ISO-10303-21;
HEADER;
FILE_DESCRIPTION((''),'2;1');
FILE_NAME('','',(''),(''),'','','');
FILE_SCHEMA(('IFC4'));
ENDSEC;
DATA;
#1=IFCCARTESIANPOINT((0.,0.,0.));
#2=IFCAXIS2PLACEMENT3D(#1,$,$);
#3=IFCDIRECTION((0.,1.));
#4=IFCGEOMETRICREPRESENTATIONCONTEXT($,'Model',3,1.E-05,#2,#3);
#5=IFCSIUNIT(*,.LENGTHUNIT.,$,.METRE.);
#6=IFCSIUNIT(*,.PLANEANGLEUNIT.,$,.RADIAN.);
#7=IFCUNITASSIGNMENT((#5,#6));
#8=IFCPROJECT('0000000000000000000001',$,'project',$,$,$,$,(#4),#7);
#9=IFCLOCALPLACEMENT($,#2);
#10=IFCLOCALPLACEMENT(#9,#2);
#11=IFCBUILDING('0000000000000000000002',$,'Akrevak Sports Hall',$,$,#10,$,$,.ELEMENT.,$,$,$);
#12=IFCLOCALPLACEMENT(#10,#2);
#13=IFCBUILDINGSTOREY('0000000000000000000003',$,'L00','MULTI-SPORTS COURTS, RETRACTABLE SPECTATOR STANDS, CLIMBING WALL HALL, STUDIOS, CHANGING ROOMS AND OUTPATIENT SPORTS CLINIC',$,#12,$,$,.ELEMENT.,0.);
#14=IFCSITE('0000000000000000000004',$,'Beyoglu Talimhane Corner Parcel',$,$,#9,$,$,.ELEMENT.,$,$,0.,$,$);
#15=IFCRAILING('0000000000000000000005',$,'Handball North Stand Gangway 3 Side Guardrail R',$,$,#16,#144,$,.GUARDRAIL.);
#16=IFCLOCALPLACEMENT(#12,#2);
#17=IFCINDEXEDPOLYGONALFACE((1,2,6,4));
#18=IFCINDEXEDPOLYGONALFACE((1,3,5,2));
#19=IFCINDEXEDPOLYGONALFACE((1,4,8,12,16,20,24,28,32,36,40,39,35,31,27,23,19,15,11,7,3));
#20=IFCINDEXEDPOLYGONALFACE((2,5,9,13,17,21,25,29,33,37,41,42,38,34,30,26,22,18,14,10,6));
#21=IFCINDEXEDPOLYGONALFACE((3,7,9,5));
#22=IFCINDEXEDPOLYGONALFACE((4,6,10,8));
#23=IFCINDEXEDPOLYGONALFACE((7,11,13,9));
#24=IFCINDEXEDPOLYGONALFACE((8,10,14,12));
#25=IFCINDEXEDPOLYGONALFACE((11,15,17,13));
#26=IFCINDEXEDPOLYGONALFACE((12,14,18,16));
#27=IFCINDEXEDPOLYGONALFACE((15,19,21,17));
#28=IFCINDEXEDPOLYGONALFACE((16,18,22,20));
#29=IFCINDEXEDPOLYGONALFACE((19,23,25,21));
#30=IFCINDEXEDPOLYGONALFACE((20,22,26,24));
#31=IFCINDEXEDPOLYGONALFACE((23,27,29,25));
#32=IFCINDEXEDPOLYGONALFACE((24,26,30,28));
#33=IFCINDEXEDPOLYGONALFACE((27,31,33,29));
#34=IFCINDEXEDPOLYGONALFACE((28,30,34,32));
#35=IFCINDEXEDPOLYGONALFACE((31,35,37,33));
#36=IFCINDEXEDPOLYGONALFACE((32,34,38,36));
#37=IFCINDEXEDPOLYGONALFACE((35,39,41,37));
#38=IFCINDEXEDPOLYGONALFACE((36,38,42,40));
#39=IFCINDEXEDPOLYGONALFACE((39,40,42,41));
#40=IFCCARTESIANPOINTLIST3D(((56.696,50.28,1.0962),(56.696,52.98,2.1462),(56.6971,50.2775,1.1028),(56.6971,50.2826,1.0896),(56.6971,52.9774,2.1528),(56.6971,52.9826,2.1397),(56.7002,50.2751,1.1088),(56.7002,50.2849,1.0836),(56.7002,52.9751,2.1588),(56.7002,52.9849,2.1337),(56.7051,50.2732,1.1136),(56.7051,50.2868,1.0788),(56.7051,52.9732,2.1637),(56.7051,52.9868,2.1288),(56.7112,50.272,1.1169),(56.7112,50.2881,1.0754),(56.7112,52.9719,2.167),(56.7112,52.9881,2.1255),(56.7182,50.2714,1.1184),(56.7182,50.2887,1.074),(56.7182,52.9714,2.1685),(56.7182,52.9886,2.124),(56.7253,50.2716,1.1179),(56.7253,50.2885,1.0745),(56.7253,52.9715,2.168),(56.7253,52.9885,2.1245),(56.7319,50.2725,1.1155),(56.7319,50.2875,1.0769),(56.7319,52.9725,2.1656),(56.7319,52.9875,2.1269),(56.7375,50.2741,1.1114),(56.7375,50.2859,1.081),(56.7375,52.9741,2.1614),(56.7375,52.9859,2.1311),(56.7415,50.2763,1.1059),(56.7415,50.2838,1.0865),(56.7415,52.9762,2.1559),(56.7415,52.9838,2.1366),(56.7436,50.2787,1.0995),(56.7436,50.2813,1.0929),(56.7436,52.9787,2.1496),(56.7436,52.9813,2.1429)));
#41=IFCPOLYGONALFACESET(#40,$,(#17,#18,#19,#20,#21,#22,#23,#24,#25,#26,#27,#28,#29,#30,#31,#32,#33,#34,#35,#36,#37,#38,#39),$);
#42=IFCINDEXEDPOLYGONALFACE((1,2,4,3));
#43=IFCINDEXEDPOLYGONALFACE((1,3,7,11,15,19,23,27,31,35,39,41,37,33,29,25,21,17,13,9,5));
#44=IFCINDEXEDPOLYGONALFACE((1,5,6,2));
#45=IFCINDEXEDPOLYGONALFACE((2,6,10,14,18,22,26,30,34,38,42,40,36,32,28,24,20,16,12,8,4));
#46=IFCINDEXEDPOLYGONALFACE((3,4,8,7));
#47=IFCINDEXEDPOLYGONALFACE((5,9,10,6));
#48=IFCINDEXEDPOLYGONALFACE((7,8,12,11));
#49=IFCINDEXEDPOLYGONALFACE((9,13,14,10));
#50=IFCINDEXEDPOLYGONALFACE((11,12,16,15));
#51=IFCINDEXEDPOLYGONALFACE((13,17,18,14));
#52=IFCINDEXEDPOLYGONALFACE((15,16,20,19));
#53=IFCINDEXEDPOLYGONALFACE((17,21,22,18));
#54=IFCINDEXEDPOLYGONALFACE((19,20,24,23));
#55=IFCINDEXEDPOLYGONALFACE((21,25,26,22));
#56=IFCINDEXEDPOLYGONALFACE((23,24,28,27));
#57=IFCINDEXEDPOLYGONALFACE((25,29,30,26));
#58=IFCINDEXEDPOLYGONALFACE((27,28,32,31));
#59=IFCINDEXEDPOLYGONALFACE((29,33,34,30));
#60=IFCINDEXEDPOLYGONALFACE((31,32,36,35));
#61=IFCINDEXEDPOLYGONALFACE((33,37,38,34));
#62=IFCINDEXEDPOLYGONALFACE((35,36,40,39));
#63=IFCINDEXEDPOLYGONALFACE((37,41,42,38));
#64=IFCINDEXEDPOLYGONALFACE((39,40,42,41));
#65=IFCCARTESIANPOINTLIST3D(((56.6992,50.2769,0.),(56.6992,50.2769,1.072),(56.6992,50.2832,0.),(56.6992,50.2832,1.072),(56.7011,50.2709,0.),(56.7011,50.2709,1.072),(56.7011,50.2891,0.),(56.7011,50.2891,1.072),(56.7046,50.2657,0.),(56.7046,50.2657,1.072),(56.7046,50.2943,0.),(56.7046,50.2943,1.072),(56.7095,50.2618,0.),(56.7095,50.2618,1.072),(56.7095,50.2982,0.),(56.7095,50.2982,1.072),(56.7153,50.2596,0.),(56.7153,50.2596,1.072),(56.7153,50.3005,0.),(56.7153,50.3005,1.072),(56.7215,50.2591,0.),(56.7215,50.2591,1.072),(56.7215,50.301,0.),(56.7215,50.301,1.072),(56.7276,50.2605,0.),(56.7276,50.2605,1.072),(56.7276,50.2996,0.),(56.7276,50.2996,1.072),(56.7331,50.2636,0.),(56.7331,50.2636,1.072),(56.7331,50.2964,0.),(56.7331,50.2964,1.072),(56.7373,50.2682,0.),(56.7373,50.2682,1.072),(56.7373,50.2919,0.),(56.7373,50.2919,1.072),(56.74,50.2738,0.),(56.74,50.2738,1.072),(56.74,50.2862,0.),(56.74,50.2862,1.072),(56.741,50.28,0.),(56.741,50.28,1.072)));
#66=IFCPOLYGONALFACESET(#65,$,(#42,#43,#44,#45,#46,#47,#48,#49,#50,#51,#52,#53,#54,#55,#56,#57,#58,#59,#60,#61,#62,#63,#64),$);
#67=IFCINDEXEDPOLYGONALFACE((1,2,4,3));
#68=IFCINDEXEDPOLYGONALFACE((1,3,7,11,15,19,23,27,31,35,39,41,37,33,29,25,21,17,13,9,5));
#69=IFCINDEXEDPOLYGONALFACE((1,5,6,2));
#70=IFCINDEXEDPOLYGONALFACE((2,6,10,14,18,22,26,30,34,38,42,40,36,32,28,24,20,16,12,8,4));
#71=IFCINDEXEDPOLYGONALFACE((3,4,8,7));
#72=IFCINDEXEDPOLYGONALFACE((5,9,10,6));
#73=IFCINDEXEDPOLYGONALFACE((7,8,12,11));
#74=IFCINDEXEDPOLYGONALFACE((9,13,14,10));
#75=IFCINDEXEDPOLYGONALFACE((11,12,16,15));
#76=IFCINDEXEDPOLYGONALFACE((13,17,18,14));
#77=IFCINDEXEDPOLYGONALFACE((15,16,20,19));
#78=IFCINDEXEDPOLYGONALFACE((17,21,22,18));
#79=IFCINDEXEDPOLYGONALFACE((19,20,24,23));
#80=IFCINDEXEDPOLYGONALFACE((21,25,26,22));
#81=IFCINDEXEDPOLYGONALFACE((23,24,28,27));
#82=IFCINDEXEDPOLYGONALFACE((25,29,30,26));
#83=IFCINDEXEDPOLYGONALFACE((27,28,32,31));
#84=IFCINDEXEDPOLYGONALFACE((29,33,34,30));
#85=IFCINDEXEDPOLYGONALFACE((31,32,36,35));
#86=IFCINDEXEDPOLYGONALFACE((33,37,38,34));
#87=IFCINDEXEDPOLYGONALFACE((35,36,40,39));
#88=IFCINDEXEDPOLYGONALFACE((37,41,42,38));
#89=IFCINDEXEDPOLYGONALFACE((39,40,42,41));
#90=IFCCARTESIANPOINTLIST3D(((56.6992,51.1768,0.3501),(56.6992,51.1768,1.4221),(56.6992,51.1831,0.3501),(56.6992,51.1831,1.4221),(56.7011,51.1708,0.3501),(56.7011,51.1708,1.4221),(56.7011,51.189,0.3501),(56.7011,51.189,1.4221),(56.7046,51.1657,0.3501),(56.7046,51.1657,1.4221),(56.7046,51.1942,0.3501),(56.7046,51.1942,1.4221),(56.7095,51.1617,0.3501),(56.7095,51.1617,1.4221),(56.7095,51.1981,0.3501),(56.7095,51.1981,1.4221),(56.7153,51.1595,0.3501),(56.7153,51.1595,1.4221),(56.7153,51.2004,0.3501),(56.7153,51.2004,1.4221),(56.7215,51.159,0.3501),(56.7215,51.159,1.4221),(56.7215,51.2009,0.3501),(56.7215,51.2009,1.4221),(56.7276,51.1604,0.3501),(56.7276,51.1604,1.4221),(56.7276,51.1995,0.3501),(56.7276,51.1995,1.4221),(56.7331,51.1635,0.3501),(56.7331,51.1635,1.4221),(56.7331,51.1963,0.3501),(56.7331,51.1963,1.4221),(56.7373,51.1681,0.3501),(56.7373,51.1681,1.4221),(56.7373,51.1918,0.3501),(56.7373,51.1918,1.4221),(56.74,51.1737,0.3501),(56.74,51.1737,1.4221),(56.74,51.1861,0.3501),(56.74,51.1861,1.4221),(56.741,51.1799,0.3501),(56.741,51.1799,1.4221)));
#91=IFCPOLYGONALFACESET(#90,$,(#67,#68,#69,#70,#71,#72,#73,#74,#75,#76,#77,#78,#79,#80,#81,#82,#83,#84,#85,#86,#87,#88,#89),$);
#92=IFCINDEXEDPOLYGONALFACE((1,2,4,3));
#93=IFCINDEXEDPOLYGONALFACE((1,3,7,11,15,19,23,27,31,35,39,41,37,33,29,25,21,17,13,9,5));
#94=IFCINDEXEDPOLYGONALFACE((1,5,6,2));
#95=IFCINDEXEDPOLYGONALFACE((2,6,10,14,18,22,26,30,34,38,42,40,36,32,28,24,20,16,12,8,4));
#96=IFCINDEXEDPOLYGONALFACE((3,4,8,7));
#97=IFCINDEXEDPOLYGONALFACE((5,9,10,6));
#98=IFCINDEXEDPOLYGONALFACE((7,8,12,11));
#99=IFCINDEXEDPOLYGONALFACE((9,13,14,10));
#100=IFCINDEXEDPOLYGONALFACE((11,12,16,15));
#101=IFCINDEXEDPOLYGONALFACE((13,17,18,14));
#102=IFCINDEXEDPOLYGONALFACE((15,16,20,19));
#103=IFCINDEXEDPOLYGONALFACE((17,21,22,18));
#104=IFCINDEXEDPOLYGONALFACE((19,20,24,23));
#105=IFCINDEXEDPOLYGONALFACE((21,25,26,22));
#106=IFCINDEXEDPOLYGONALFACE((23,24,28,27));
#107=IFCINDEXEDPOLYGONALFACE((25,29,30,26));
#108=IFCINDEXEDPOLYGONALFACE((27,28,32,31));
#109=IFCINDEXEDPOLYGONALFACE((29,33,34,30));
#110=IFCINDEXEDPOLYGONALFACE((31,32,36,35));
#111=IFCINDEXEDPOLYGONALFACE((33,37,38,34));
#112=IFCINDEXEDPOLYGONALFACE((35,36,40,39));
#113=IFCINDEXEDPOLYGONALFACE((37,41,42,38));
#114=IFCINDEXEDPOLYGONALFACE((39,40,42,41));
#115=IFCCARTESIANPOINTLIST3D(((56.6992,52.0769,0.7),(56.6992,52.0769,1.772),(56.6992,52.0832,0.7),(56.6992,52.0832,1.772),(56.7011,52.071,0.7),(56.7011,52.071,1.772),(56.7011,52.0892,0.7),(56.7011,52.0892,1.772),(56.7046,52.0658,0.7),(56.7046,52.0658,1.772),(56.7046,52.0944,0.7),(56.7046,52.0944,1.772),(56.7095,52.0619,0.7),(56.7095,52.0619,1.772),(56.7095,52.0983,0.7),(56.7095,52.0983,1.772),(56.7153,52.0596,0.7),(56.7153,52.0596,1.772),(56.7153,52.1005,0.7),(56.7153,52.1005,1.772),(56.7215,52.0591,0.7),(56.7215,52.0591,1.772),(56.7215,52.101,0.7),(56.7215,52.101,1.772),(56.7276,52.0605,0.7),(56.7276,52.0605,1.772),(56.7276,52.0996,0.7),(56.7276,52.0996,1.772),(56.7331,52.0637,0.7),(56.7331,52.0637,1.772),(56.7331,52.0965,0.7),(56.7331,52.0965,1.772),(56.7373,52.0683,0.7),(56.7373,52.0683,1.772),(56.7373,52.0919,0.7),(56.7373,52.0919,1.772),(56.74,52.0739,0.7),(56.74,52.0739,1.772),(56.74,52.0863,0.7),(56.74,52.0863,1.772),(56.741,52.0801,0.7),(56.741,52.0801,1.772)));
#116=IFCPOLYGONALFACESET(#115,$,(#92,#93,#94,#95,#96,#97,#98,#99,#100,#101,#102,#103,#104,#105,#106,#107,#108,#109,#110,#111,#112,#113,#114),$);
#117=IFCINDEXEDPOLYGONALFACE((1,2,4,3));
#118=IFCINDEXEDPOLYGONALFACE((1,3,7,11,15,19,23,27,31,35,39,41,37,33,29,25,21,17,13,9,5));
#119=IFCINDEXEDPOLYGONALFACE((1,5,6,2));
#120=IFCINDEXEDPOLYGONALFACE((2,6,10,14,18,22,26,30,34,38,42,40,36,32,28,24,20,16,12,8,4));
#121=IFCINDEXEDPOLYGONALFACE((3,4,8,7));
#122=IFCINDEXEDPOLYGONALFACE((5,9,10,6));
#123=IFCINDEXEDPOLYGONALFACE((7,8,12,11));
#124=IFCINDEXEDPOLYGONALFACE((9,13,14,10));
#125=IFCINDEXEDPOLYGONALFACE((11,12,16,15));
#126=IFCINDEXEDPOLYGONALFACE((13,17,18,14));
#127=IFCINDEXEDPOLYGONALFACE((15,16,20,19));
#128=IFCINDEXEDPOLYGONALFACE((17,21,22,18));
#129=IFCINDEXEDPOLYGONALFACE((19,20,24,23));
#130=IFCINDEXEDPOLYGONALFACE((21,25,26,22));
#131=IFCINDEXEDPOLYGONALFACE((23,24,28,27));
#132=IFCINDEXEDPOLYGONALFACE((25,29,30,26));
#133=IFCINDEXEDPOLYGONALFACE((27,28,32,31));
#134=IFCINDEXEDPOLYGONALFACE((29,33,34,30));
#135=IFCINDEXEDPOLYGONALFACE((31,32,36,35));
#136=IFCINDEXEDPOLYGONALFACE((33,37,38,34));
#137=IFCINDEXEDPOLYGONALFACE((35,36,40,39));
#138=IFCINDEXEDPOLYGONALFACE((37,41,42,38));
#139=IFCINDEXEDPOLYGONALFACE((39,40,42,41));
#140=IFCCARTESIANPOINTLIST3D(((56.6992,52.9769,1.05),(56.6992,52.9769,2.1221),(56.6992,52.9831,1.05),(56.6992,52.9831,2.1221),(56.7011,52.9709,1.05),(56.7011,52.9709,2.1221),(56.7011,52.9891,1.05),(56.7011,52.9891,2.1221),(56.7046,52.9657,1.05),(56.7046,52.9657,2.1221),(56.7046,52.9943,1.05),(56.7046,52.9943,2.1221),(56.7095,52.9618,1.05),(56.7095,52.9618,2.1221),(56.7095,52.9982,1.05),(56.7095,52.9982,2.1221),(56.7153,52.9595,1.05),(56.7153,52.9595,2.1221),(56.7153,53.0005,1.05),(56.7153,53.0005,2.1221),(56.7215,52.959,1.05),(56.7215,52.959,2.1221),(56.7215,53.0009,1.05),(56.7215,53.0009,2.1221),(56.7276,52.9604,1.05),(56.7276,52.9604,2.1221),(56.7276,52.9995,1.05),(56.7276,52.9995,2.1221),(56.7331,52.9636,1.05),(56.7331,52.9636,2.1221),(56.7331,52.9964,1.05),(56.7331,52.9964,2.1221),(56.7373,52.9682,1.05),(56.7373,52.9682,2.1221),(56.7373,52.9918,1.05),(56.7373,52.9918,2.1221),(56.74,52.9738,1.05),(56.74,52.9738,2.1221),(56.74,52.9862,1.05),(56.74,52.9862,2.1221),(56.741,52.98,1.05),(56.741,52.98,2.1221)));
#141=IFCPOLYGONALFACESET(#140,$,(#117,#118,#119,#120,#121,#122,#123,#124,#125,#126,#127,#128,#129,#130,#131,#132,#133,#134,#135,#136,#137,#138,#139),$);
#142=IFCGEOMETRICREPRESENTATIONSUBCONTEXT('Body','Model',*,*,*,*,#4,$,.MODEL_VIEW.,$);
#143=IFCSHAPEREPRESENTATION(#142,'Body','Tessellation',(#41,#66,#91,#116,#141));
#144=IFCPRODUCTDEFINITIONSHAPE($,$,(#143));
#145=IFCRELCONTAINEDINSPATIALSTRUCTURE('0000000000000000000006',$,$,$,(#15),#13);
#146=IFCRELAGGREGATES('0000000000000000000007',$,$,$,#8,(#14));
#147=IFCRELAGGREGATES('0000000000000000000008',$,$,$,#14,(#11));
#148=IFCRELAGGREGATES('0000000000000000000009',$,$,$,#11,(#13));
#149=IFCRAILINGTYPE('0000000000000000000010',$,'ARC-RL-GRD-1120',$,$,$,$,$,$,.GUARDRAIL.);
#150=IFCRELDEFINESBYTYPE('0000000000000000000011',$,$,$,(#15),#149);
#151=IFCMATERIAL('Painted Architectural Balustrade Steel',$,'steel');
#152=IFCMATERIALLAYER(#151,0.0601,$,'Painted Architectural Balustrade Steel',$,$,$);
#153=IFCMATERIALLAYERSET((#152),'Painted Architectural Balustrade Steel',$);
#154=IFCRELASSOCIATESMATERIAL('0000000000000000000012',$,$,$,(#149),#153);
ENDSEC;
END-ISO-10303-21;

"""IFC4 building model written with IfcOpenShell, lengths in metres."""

from ifc_helpers import new_model, si_unit, direction, frame, origin, origin_2d, place, context, subcontext, project, spatial, circle, extrude, material, layer, layer_set, type_object, element, save


model = new_model("IFC4")

# Units and contexts
model_context = context("Model", 3, precision=1e-05, world=origin(), true_north=direction((0.0, 1.0)))
body_context = subcontext(model_context, "Body", "Model", "MODEL_VIEW")
ifc_project = project(units=[si_unit("LENGTHUNIT", "METRE"), si_unit("PLANEANGLEUNIT", "RADIAN")], contexts=[model_context])

# Site, building, storey
site_placement = place(None, origin())
site = spatial("IfcSite", under=ifc_project, at=site_placement, Name="Beyoglu Talimhane Corner Parcel", CompositionType="ELEMENT", RefElevation=0.0)
building_placement = place(site_placement, origin())
building = spatial("IfcBuilding", under=site, at=building_placement, Name="Akrevak Sports Hall", CompositionType="ELEMENT")
storey_placement = place(building_placement, origin())
storey = spatial("IfcBuildingStorey", under=building, at=storey_placement, Name="L00", Description="MULTI-SPORTS COURTS, RETRACTABLE SPECTATOR STANDS, CLIMBING WALL HALL, STUDIOS, CHANGING ROOMS AND OUTPATIENT SPORTS CLINIC", CompositionType="ELEMENT", Elevation=0.0)

# Railing
ifc_material_1 = material(Name="Painted Architectural Balustrade Steel", Category="steel")
ifc_layer_1 = layer(ifc_material_1, 0.0601, Name="Painted Architectural Balustrade Steel")
ifc_layer_set_1 = layer_set([ifc_layer_1], Name="Painted Architectural Balustrade Steel")
railing_type_1 = type_object("IfcRailingType", Name="ARC-RL-GRD-1120", PredefinedType="GUARDRAIL", material=ifc_layer_set_1)
for number, where, name in (
    (1, (56.72, 50.28, 0.0), "Handball North Stand Gangway 3 Side Guardrail R"),
):
    element("IfcRailing", number, at=place(storey_placement, frame(where)), inside=storey, type_object=railing_type_1, Name=name, PredefinedType="GUARDRAIL", context=body_context, shape_type="SweptSolid", body=[
        extrude(circle(Radius=0.0239, at=origin_2d()), frame((0.0, 0.0, 1.0962), z_axis=(0.0, 0.931997, 0.362467), x_axis=(-1.0, 0.0, 0.0)), (0.0, 0.0, 1.0), 2.897),
        extrude(circle(Radius=0.021, at=origin_2d()), origin(), (0.0, 0.0, 1.0), 1.072),
        extrude(circle(Radius=0.021, at=origin_2d()), frame((0.0, 0.8999, 0.3501)), (0.0, 0.0, 1.0), 1.072),
        extrude(circle(Radius=0.021, at=origin_2d()), frame((0.0, 1.8, 0.7)), (0.0, 0.0, 1.0), 1.072),
        extrude(circle(Radius=0.021, at=origin_2d()), frame((0.0, 2.7, 1.05)), (0.0, 0.0, 1.0), 1.072),
    ])

save(model, "model.ifc")
